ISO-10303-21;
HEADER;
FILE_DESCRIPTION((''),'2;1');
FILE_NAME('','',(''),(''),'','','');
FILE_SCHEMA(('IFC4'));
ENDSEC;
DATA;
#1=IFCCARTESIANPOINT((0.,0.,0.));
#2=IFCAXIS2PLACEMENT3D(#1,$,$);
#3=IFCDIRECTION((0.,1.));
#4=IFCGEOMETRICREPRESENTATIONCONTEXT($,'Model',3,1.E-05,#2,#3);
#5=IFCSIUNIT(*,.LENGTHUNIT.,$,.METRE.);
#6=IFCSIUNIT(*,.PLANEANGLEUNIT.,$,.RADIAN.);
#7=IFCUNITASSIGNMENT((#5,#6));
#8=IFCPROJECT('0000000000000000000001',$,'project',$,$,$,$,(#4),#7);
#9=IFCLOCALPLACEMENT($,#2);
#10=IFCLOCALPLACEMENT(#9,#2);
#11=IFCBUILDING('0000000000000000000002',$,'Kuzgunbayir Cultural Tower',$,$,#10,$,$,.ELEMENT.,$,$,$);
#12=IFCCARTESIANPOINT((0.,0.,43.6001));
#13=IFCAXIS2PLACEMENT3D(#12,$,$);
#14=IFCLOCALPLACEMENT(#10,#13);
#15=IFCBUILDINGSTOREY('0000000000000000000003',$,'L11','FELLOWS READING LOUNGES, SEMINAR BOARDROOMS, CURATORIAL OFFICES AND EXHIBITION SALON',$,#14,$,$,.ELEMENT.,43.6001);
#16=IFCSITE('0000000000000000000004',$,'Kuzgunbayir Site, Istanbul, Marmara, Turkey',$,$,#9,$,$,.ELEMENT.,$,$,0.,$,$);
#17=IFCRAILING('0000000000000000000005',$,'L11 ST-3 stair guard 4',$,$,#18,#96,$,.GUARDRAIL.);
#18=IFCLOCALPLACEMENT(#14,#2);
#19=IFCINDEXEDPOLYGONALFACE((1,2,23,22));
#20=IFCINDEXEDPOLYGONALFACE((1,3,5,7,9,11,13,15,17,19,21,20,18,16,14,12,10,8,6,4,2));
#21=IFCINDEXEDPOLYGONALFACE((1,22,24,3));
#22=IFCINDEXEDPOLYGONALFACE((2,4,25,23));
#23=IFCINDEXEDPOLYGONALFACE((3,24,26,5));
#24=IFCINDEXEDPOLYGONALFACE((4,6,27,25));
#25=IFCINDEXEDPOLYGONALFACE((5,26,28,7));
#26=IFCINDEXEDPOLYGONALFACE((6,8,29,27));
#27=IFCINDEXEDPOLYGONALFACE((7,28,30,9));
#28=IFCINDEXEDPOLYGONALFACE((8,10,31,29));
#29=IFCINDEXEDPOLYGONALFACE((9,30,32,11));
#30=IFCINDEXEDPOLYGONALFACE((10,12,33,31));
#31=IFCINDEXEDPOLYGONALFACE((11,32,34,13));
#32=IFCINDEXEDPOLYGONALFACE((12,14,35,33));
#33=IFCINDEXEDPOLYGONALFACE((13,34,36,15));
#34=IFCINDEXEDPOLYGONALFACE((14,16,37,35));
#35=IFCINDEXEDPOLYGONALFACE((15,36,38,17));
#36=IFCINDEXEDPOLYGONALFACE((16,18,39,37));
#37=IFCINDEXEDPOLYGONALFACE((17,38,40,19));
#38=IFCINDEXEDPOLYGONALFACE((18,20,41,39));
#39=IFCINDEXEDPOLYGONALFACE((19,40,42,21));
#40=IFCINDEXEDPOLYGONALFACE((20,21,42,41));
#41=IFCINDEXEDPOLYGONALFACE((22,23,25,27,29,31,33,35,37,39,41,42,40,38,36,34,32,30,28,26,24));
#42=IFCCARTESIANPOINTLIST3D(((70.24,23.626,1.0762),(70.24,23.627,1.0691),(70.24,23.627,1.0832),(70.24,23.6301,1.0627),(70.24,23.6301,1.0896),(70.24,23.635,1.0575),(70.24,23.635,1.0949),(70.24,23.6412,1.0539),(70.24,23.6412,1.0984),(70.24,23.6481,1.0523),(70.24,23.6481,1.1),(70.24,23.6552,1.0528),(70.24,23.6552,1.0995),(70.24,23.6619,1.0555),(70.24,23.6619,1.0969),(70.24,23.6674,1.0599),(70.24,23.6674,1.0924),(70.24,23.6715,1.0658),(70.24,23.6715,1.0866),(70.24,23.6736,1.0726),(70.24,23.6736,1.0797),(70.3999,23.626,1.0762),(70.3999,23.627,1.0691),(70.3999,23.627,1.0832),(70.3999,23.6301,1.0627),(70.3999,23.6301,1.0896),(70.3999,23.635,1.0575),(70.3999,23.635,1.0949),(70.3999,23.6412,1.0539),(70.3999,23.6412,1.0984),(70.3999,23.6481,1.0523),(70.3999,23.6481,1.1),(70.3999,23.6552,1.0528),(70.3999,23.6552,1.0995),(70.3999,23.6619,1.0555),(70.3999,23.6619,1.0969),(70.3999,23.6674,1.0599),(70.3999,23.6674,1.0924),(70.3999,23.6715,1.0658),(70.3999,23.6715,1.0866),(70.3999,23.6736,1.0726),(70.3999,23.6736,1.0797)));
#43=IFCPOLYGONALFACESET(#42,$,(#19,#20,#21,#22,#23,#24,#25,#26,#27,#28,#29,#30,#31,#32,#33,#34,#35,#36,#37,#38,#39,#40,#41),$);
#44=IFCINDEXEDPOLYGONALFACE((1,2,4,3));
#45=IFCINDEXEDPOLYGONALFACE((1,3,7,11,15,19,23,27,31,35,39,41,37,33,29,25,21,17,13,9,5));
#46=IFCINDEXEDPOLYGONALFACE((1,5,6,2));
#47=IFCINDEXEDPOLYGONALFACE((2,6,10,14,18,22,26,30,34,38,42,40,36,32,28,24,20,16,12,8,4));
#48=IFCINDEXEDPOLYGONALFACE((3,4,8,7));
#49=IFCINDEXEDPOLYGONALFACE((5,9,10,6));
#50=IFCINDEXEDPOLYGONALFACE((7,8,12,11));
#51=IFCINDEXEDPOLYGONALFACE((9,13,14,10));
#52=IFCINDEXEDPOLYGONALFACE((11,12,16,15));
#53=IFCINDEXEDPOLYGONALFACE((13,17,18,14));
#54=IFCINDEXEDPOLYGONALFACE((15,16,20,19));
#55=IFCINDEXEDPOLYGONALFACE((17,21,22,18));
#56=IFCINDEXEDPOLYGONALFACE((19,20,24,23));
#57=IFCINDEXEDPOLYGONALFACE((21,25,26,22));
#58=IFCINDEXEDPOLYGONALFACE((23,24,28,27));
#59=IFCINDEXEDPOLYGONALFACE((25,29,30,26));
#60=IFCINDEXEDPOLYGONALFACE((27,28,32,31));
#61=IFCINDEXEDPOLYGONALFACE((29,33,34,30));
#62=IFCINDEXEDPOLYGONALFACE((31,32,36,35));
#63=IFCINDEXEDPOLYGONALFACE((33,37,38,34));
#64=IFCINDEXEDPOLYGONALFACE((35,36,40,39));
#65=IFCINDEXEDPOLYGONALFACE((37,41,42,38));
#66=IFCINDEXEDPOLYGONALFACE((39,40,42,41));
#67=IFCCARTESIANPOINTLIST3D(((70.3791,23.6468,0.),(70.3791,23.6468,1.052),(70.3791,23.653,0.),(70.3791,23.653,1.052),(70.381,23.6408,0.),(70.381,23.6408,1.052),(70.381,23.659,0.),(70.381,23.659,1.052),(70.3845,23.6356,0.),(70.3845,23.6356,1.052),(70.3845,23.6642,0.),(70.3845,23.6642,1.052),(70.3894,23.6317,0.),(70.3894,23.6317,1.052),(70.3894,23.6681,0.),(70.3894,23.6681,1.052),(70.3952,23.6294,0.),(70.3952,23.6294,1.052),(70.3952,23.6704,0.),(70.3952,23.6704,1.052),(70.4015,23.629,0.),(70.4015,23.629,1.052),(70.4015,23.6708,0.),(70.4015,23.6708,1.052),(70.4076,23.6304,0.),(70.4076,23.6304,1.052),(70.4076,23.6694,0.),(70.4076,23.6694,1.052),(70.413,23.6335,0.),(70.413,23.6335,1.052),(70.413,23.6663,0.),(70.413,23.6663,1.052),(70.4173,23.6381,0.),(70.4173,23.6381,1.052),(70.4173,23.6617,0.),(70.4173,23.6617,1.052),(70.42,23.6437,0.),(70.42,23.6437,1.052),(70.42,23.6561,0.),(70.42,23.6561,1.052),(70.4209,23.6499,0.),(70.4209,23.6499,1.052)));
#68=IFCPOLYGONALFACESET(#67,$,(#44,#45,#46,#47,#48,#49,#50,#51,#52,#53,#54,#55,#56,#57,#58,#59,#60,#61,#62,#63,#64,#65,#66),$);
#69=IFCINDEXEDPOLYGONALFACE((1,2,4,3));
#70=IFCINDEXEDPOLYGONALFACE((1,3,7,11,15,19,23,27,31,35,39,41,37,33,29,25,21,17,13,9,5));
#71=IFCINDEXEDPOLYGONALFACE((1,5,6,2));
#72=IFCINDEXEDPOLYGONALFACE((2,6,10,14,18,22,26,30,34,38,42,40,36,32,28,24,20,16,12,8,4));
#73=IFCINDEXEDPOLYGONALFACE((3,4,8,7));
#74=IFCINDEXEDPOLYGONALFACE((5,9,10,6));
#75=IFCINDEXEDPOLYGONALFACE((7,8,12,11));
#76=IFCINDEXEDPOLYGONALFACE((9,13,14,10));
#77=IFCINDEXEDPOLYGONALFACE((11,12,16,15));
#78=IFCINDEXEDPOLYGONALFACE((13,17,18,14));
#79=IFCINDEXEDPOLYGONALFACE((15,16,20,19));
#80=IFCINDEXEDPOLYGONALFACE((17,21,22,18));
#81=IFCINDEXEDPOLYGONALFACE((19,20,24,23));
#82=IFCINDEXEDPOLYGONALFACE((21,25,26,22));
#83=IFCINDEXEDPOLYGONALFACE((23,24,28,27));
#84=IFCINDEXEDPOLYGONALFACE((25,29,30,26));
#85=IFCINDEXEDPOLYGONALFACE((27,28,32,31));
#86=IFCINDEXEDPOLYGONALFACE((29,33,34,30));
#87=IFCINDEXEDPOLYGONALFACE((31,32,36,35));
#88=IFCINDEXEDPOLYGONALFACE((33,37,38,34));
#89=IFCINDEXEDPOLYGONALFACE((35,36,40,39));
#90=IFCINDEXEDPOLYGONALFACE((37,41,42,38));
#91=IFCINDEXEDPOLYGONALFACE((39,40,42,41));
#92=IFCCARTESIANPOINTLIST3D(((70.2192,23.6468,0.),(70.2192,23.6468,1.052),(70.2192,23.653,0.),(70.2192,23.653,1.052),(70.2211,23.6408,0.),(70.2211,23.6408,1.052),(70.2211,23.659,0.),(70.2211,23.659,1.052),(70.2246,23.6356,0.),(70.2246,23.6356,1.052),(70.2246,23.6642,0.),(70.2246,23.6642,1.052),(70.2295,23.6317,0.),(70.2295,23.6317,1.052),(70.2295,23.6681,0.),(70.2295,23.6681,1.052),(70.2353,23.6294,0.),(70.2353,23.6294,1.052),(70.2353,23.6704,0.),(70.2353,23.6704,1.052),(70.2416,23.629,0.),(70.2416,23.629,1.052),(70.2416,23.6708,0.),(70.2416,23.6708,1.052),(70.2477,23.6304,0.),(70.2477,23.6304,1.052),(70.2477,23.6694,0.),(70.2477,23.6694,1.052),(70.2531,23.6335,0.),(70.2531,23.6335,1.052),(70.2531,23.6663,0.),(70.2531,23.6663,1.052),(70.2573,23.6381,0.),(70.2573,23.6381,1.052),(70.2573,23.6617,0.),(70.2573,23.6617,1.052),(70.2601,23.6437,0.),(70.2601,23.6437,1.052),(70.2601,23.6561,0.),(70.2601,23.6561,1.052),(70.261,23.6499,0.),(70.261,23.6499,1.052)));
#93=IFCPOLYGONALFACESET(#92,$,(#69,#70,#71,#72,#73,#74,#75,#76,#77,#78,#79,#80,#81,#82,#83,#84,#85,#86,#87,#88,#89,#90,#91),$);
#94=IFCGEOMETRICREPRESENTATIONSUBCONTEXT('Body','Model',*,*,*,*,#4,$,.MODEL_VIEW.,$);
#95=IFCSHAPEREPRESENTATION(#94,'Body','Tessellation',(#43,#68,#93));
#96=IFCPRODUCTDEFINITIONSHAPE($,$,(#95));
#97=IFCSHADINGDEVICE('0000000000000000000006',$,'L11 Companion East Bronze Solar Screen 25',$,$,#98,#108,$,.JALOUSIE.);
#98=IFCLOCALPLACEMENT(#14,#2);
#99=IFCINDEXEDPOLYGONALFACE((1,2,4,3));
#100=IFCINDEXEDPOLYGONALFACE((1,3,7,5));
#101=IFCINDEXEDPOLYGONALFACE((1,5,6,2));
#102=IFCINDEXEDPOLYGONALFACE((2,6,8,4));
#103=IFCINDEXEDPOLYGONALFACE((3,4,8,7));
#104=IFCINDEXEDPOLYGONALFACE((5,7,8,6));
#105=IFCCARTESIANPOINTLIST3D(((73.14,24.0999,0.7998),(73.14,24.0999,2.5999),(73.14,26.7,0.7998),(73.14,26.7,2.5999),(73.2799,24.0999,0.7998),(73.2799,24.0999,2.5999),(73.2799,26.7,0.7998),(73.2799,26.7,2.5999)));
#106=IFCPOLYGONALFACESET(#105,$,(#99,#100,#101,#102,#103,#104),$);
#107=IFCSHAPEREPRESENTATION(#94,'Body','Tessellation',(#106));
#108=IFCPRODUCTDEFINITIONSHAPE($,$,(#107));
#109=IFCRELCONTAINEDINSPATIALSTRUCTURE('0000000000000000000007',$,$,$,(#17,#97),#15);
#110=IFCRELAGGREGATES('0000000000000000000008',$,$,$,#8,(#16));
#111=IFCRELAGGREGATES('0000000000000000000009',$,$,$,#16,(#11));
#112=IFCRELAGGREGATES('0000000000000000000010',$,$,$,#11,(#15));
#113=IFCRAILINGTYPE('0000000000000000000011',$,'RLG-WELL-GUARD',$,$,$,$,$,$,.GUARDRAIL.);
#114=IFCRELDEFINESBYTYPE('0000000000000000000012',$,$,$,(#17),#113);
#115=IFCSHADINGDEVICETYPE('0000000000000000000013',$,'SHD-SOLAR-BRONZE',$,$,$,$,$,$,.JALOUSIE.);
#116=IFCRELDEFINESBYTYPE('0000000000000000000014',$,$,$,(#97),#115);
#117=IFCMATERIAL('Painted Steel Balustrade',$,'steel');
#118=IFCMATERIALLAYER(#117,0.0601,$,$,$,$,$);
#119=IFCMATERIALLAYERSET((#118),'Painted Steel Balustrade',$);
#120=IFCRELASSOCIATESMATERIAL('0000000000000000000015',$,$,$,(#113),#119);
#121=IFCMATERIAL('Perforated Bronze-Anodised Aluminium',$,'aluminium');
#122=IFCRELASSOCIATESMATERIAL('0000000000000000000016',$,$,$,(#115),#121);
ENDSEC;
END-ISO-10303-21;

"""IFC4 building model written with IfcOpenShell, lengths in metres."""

from ifc_helpers import new_model, si_unit, direction, frame, origin, origin_2d, place, context, subcontext, project, spatial, rectangle, circle, extrude, material, layer, layer_set, type_object, element, save


model = new_model("IFC4")

# Units and contexts
model_context = context("Model", 3, precision=1e-05, world=origin(), true_north=direction((0.0, 1.0)))
body_context = subcontext(model_context, "Body", "Model", "MODEL_VIEW")
ifc_project = project(units=[si_unit("LENGTHUNIT", "METRE"), si_unit("PLANEANGLEUNIT", "RADIAN")], contexts=[model_context])

# Site, building, storey
site_placement = place(None, origin())
site = spatial("IfcSite", under=ifc_project, at=site_placement, Name="Kuzgunbayir Site, Istanbul, Marmara, Turkey", CompositionType="ELEMENT", RefElevation=0.0)
building_placement = place(site_placement, origin())
building = spatial("IfcBuilding", under=site, at=building_placement, Name="Kuzgunbayir Cultural Tower", CompositionType="ELEMENT")
storey_placement = place(building_placement, frame((0.0, 0.0, 43.6001)))
storey = spatial("IfcBuildingStorey", under=building, at=storey_placement, Name="L11", Description="FELLOWS READING LOUNGES, SEMINAR BOARDROOMS, CURATORIAL OFFICES AND EXHIBITION SALON", CompositionType="ELEMENT", Elevation=43.6001)

# Railing
ifc_material_1 = material(Name="Painted Steel Balustrade", Category="steel")
ifc_layer_1 = layer(ifc_material_1, 0.0601)
ifc_layer_set_1 = layer_set([ifc_layer_1], Name="Painted Steel Balustrade")
railing_type_1 = type_object("IfcRailingType", Name="RLG-WELL-GUARD", PredefinedType="GUARDRAIL", material=ifc_layer_set_1)
railing_1_placement = place(storey_placement, frame((70.3999, 23.6499, 0.0)))
element("IfcRailing", 1, at=railing_1_placement, inside=storey, type_object=railing_type_1, Name="L11 ST-3 stair guard 4", PredefinedType="GUARDRAIL", context=body_context, shape_type="SweptSolid", body=[
    extrude(circle(Radius=0.0239, at=origin_2d()), frame((0.0, 0.0, 1.0762), z_axis=(-1.0, 0.0, 0.0), x_axis=(0.0, -1.0, 0.0)), (0.0, 0.0, 1.0), 0.1599),
    extrude(circle(Radius=0.021, at=origin_2d()), origin(), (0.0, 0.0, 1.0), 1.052),
    extrude(circle(Radius=0.021, at=origin_2d()), frame((-0.1599, 0.0, 0.0)), (0.0, 0.0, 1.0), 1.052),
])

# Shading device
ifc_material_2 = material(Name="Perforated Bronze-Anodised Aluminium", Category="aluminium")
shading_device_type = type_object("IfcShadingDeviceType", Name="SHD-SOLAR-BRONZE", PredefinedType="JALOUSIE", material=ifc_material_2)
shading_device_placement = place(storey_placement, frame((73.21, 25.3999, 0.7998), z_axis=(0.0, 0.0, 1.0), x_axis=(1.0, 0.0, 0.0)))
element("IfcShadingDevice", 2, at=shading_device_placement, inside=storey, type_object=shading_device_type, Name="L11 Companion East Bronze Solar Screen 25", PredefinedType="JALOUSIE", context=body_context, shape_type="SweptSolid", body=[
    extrude(rectangle(XDim=0.1399, YDim=2.6001, at=origin_2d()), origin(), (0.0, 0.0, 1.0), 1.8),
])

save(model, "model.ifc")
